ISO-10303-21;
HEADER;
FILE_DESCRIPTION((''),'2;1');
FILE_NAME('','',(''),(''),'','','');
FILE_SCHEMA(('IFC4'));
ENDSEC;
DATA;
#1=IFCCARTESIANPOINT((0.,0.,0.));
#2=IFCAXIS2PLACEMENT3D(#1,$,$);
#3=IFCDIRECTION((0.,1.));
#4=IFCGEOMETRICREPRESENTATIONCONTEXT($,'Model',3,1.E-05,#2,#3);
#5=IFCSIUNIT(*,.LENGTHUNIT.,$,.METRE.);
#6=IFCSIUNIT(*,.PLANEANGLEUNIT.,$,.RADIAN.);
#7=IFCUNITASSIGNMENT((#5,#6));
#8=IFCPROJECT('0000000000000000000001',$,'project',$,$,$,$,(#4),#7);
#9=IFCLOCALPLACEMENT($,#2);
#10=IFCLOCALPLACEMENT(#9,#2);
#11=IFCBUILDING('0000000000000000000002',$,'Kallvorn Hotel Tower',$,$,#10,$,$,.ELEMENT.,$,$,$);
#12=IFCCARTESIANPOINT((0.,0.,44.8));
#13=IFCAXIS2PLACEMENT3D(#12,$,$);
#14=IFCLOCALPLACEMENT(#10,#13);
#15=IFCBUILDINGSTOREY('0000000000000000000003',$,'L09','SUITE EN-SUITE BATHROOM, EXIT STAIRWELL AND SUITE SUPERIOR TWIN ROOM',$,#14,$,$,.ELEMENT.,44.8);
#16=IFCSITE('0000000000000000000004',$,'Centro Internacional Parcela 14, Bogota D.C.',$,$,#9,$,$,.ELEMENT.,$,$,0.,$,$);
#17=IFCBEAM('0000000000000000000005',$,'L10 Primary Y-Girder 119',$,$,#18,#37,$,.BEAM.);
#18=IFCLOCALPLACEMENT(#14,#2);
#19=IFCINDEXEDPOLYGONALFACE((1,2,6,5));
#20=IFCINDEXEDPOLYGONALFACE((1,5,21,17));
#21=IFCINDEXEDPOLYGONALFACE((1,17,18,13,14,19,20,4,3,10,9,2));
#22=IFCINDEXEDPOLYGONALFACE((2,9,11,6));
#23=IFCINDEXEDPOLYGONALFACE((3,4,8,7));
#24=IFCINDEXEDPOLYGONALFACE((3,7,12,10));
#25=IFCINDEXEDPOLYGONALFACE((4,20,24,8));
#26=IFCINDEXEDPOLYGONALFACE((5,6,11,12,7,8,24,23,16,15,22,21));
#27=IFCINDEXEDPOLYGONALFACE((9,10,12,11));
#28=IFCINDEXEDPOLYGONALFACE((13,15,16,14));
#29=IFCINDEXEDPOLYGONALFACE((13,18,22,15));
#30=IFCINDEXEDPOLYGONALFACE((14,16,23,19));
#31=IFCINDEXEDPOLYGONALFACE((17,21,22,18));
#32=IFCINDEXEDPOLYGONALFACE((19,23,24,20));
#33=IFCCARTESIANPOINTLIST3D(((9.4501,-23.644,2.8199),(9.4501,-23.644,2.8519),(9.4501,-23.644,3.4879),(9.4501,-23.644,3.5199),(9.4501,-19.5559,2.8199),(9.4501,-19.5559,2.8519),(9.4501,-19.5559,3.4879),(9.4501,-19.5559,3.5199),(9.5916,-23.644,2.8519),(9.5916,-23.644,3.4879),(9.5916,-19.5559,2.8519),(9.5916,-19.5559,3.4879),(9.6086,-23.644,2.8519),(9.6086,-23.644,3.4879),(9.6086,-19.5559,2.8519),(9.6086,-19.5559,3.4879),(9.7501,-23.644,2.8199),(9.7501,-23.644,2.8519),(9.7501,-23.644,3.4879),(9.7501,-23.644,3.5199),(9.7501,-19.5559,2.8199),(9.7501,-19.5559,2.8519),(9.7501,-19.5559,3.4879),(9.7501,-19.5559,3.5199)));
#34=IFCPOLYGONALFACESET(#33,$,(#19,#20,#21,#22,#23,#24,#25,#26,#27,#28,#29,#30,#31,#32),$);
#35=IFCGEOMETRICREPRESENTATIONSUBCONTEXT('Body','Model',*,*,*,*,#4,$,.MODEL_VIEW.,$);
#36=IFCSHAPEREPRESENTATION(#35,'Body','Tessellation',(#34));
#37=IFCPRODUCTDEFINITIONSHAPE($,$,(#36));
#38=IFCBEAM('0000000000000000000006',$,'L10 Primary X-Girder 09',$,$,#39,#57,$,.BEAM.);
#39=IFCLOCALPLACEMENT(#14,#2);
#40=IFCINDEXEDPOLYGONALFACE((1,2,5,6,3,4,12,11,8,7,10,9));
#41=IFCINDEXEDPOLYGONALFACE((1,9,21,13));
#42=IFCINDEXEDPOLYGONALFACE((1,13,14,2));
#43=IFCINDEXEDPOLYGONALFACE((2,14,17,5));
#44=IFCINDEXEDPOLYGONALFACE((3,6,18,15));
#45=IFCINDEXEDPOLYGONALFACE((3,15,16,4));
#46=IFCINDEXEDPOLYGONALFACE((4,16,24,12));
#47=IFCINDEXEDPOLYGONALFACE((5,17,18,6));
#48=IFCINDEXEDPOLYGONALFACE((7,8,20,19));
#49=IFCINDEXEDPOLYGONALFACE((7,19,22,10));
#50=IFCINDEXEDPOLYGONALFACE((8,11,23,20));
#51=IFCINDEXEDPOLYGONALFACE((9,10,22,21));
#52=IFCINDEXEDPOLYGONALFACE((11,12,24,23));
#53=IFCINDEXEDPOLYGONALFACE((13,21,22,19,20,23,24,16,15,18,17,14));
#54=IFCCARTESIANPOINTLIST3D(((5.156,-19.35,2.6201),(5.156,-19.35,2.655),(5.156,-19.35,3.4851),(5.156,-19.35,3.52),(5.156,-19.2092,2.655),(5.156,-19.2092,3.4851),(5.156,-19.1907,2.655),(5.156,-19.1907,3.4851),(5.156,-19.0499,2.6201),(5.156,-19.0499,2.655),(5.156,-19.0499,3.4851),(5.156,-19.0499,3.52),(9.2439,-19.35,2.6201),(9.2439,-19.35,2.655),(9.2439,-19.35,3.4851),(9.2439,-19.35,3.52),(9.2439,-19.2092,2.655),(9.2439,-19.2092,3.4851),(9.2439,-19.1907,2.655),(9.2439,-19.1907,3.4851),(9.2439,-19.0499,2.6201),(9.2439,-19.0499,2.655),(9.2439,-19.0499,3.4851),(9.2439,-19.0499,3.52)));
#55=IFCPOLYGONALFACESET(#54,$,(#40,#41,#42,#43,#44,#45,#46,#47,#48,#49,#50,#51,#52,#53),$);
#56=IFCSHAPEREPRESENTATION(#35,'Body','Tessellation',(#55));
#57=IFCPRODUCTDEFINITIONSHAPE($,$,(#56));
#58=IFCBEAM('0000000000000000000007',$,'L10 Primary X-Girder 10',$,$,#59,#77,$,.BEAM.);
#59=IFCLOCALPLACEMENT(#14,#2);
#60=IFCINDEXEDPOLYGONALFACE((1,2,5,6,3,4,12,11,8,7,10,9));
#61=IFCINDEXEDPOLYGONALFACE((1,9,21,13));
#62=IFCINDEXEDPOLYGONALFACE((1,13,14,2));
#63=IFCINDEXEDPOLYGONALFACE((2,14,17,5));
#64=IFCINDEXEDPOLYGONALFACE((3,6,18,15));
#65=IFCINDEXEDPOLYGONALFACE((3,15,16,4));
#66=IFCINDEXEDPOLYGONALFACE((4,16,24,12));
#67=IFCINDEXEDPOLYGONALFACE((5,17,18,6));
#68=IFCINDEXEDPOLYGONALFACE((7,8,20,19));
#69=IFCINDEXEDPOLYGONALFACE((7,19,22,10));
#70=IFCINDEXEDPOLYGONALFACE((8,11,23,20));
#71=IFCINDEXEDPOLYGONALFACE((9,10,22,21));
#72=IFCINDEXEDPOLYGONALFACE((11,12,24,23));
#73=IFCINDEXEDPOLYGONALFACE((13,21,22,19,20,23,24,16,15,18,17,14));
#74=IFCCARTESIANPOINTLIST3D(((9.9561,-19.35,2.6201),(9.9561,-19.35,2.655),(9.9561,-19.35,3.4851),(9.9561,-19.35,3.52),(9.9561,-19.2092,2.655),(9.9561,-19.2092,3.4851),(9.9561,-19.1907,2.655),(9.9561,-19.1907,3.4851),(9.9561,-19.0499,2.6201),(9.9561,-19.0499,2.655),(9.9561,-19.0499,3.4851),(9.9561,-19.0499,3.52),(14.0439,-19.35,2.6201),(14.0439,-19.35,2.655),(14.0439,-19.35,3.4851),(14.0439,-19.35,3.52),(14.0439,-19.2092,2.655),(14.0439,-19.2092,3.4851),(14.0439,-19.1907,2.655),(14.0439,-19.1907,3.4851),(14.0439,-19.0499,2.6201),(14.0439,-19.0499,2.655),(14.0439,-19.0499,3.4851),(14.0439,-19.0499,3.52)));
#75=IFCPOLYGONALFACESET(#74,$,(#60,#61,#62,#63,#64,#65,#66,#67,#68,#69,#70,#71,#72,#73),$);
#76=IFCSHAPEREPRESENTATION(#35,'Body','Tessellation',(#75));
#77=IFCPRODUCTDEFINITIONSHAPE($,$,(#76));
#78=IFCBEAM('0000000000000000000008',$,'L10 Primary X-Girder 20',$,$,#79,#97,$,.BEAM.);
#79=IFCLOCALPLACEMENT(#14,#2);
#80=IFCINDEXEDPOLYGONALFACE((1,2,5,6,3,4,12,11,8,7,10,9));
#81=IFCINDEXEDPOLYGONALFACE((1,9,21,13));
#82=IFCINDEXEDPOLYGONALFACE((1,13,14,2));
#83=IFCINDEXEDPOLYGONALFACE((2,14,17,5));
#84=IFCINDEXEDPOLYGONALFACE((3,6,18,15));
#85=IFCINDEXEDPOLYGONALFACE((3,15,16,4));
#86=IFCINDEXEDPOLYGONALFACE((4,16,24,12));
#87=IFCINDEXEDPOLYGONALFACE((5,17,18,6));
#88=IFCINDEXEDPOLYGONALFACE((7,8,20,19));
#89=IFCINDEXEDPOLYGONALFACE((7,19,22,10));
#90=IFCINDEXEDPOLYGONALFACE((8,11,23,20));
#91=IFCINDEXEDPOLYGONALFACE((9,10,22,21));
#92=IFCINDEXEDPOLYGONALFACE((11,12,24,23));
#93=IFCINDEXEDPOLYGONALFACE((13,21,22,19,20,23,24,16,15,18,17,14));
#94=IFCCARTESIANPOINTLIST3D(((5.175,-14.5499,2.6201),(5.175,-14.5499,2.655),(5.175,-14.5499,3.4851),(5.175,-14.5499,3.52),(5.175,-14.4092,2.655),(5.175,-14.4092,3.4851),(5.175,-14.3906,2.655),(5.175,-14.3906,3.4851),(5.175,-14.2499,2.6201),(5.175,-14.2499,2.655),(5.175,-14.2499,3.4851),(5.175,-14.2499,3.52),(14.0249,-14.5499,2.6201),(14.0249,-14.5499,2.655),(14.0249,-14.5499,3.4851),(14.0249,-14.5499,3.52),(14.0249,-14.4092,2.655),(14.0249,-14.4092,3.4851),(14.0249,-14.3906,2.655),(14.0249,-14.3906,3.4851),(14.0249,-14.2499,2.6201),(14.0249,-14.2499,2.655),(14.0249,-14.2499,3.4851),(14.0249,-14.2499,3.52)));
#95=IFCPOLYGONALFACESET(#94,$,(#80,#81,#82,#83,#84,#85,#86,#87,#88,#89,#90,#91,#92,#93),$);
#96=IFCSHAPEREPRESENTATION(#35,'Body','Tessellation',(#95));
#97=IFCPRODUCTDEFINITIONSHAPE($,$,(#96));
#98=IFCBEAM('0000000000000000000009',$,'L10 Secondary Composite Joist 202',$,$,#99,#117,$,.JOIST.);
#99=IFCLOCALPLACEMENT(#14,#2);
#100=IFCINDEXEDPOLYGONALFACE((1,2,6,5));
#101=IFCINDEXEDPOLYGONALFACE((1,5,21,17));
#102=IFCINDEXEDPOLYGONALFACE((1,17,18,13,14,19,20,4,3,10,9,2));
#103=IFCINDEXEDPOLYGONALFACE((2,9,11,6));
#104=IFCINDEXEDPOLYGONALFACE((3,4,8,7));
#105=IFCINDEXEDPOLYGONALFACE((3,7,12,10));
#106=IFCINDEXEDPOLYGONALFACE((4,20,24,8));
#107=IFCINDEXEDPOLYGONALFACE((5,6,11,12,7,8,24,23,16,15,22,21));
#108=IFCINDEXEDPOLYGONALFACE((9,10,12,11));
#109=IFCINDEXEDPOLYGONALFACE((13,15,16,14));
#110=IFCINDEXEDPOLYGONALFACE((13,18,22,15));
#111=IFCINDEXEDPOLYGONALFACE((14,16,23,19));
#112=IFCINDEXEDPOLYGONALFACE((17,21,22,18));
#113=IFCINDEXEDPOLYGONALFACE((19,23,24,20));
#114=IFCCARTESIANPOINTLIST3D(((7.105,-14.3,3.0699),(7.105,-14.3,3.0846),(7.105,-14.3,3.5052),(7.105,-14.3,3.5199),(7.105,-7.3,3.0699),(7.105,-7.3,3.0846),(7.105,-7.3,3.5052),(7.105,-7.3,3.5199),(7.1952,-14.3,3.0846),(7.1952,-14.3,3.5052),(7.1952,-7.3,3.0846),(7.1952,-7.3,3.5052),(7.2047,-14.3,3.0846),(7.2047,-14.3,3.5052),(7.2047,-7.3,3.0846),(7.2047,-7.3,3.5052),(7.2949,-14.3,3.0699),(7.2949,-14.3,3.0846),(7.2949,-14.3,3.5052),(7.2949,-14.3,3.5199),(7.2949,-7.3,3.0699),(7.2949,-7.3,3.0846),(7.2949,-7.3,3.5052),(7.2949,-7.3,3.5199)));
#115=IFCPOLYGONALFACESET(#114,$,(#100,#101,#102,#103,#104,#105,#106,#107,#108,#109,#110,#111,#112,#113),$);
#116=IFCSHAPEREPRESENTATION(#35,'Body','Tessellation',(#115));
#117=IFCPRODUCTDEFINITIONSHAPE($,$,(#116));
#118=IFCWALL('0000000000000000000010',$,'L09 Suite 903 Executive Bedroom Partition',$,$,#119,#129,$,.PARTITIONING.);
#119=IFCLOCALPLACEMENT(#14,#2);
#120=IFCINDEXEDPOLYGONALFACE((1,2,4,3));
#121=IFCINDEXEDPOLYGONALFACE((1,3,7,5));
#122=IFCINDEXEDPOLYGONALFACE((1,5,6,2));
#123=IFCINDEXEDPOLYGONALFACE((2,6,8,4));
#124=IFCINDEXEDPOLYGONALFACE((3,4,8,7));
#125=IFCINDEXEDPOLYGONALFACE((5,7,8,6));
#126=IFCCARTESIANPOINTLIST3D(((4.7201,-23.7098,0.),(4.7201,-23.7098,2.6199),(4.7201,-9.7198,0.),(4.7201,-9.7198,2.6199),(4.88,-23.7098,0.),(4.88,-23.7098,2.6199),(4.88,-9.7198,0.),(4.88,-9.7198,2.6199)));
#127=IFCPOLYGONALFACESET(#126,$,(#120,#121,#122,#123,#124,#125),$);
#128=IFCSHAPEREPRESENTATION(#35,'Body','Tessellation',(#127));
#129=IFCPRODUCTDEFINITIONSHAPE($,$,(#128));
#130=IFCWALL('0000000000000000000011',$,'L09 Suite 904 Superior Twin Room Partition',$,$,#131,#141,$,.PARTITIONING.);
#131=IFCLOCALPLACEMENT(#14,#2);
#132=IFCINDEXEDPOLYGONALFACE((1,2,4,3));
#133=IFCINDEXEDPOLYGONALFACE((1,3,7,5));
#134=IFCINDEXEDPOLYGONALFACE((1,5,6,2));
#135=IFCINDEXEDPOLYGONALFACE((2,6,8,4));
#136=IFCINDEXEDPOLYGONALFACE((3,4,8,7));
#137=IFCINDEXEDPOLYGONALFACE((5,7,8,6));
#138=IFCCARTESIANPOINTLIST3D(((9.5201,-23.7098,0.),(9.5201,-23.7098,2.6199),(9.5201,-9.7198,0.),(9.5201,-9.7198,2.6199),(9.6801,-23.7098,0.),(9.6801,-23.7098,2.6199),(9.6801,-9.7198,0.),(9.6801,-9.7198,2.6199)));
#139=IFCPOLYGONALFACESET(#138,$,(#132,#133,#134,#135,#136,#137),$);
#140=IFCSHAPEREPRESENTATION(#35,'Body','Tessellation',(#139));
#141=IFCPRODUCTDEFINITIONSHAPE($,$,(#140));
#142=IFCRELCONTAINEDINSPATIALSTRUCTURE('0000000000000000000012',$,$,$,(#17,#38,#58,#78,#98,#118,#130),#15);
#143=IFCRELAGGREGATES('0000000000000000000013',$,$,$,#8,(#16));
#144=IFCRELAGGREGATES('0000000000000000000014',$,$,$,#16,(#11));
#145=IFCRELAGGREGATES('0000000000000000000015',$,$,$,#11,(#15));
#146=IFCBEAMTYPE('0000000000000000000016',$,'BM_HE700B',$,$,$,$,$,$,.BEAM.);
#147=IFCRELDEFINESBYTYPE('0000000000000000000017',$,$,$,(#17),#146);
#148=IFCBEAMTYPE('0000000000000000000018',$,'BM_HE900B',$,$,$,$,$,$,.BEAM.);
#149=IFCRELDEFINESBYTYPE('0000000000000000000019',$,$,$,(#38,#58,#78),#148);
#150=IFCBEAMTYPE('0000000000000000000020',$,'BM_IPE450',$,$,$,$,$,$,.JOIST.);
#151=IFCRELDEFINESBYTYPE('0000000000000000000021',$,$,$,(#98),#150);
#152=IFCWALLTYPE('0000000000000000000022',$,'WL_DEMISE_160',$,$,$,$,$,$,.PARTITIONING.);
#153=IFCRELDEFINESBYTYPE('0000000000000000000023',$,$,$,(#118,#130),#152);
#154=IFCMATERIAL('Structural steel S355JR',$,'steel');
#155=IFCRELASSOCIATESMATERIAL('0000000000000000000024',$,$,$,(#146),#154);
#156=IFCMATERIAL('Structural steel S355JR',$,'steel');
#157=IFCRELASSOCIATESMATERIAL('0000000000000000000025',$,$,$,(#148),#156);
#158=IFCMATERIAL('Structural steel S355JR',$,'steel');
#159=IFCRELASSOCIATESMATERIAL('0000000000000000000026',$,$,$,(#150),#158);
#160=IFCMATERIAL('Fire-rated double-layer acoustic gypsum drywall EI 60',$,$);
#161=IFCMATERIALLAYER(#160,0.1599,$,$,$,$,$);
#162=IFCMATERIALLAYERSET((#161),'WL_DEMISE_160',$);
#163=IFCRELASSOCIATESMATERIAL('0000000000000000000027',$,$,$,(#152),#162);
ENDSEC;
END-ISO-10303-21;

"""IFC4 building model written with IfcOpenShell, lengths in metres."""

from ifc_helpers import new_model, si_unit, direction, frame, frame_2d, origin, origin_2d, place, context, subcontext, project, spatial, rectangle, i_section, extrude, material, layer, layer_set, material_profile, profile_set, type_object, element, save


model = new_model("IFC4")

# Units and contexts
model_context = context("Model", 3, precision=1e-05, world=origin(), true_north=direction((0.0, 1.0)))
body_context = subcontext(model_context, "Body", "Model", "MODEL_VIEW")
ifc_project = project(units=[si_unit("LENGTHUNIT", "METRE"), si_unit("PLANEANGLEUNIT", "RADIAN")], contexts=[model_context])

# Site, building, storey
site_placement = place(None, origin())
site = spatial("IfcSite", under=ifc_project, at=site_placement, Name="Centro Internacional Parcela 14, Bogota D.C.", CompositionType="ELEMENT", RefElevation=0.0)
building_placement = place(site_placement, origin())
building = spatial("IfcBuilding", under=site, at=building_placement, Name="Kallvorn Hotel Tower", CompositionType="ELEMENT")
storey_placement = place(building_placement, frame((0.0, 0.0, 44.8)))
storey = spatial("IfcBuildingStorey", under=building, at=storey_placement, Name="L09", Description="SUITE EN-SUITE BATHROOM, EXIT STAIRWELL AND SUITE SUPERIOR TWIN ROOM", CompositionType="ELEMENT", Elevation=44.8)

# Beams
ifc_material_1 = material(Name="Structural steel S355JR", Category="steel")
ifc_material_profile_1 = material_profile(ifc_material_1, i_section(OverallWidth=0.3, OverallDepth=0.7, WebThickness=0.0171, FlangeThickness=0.032, at=origin_2d()), Name="HE 700 B")
ifc_profile_set_1 = profile_set([ifc_material_profile_1], Name="Structural steel S355JR")
beam_type_1 = type_object("IfcBeamType", Name="BM_HE700B", PredefinedType="BEAM", material=ifc_profile_set_1)
beam_1_placement = place(storey_placement, frame((9.6001, -23.644, 3.1699), z_axis=(0.0, 1.0, 0.0), x_axis=(-1.0, 0.0, 0.0)))
element("IfcBeam", 1, at=beam_1_placement, inside=storey, type_object=beam_type_1, Name="L10 Primary Y-Girder 119", PredefinedType="BEAM", context=body_context, shape_type="SweptSolid", body=[
    extrude(i_section(OverallWidth=0.3, OverallDepth=0.7, WebThickness=0.0171, FlangeThickness=0.032, at=origin_2d()), origin(), (0.0, 0.0, 1.0), 4.0881),
])
ifc_material_2 = material(Name="Structural steel S355JR", Category="steel")
ifc_material_profile_2 = material_profile(ifc_material_2, i_section(OverallWidth=0.3, OverallDepth=0.8999, WebThickness=0.0186, FlangeThickness=0.0349, at=origin_2d()), Name="HE 900 B")
ifc_profile_set_2 = profile_set([ifc_material_profile_2], Name="Structural steel S355JR")
beam_type_2 = type_object("IfcBeamType", Name="BM_HE900B", PredefinedType="BEAM", material=ifc_profile_set_2)
for number, where, z_axis, x_axis, name in (
    (2, (5.156, -19.2, 3.0701), (1.0, 0.0, 0.0), (0.0, 1.0, 0.0), "L10 Primary X-Girder 09"),
    (3, (9.9561, -19.2, 3.0701), (1.0, 0.0, 0.0), (0.0, 1.0, 0.0), "L10 Primary X-Girder 10"),
):
    element("IfcBeam", number, at=place(storey_placement, frame(where, z_axis=z_axis, x_axis=x_axis)), inside=storey, type_object=beam_type_2, Name=name, PredefinedType="BEAM", context=body_context, shape_type="SweptSolid", body=[
        extrude(i_section(OverallWidth=0.3, OverallDepth=0.8999, WebThickness=0.0186, FlangeThickness=0.0349, at=origin_2d()), origin(), (0.0, 0.0, 1.0), 4.0879),
    ])
beam_2_placement = place(storey_placement, frame((5.175, -14.3999, 3.0701), z_axis=(1.0, 0.0, 0.0), x_axis=(0.0, 1.0, 0.0)))
element("IfcBeam", 4, at=beam_2_placement, inside=storey, type_object=beam_type_2, Name="L10 Primary X-Girder 20", PredefinedType="BEAM", context=body_context, shape_type="SweptSolid", body=[
    extrude(i_section(OverallWidth=0.3, OverallDepth=0.8999, WebThickness=0.0186, FlangeThickness=0.0349, at=origin_2d()), origin(), (0.0, 0.0, 1.0), 8.8499),
])
ifc_material_3 = material(Name="Structural steel S355JR", Category="steel")
ifc_material_profile_3 = material_profile(ifc_material_3, i_section(OverallWidth=0.1899, OverallDepth=0.45, WebThickness=0.0095, FlangeThickness=0.0146, at=origin_2d()), Name="IPE 450")
ifc_profile_set_3 = profile_set([ifc_material_profile_3], Name="Structural steel S355JR")
beam_type_3 = type_object("IfcBeamType", Name="BM_IPE450", PredefinedType="JOIST", material=ifc_profile_set_3)
beam_3_placement = place(storey_placement, frame((7.2, -14.3, 3.2949), z_axis=(0.0, 1.0, 0.0), x_axis=(-1.0, 0.0, 0.0)))
element("IfcBeam", 5, at=beam_3_placement, inside=storey, type_object=beam_type_3, Name="L10 Secondary Composite Joist 202", PredefinedType="JOIST", context=body_context, shape_type="SweptSolid", body=[
    extrude(i_section(OverallWidth=0.1899, OverallDepth=0.45, WebThickness=0.0095, FlangeThickness=0.0146, at=origin_2d()), origin(), (0.0, 0.0, 1.0), 7.0),
])

# Walls
ifc_material_4 = material(Name="Fire-rated double-layer acoustic gypsum drywall EI 60")
ifc_layer = layer(ifc_material_4, 0.1599)
ifc_layer_set = layer_set([ifc_layer], Name="WL_DEMISE_160")
wall_type = type_object("IfcWallType", Name="WL_DEMISE_160", PredefinedType="PARTITIONING", material=ifc_layer_set)
for number, where, z_axis, x_axis, name in (
    (6, (4.8, -23.71, 0.0), (0.0, 0.0, 1.0), (0.0, 1.0, 0.0), "L09 Suite 903 Executive Bedroom Partition"),
    (7, (9.6001, -23.71, 0.0), (0.0, 0.0, 1.0), (0.0, 1.0, 0.0), "L09 Suite 904 Superior Twin Room Partition"),
):
    element("IfcWall", number, at=place(storey_placement, frame(where, z_axis=z_axis, x_axis=x_axis)), inside=storey, type_object=wall_type, Name=name, PredefinedType="PARTITIONING", context=body_context, shape_type="SweptSolid", body=[
        extrude(rectangle(XDim=13.99, YDim=0.1599, at=frame_2d((6.9951, 0.0))), origin(), (0.0, 0.0, 1.0), 2.6199),
    ])

save(model, "model.ifc")
